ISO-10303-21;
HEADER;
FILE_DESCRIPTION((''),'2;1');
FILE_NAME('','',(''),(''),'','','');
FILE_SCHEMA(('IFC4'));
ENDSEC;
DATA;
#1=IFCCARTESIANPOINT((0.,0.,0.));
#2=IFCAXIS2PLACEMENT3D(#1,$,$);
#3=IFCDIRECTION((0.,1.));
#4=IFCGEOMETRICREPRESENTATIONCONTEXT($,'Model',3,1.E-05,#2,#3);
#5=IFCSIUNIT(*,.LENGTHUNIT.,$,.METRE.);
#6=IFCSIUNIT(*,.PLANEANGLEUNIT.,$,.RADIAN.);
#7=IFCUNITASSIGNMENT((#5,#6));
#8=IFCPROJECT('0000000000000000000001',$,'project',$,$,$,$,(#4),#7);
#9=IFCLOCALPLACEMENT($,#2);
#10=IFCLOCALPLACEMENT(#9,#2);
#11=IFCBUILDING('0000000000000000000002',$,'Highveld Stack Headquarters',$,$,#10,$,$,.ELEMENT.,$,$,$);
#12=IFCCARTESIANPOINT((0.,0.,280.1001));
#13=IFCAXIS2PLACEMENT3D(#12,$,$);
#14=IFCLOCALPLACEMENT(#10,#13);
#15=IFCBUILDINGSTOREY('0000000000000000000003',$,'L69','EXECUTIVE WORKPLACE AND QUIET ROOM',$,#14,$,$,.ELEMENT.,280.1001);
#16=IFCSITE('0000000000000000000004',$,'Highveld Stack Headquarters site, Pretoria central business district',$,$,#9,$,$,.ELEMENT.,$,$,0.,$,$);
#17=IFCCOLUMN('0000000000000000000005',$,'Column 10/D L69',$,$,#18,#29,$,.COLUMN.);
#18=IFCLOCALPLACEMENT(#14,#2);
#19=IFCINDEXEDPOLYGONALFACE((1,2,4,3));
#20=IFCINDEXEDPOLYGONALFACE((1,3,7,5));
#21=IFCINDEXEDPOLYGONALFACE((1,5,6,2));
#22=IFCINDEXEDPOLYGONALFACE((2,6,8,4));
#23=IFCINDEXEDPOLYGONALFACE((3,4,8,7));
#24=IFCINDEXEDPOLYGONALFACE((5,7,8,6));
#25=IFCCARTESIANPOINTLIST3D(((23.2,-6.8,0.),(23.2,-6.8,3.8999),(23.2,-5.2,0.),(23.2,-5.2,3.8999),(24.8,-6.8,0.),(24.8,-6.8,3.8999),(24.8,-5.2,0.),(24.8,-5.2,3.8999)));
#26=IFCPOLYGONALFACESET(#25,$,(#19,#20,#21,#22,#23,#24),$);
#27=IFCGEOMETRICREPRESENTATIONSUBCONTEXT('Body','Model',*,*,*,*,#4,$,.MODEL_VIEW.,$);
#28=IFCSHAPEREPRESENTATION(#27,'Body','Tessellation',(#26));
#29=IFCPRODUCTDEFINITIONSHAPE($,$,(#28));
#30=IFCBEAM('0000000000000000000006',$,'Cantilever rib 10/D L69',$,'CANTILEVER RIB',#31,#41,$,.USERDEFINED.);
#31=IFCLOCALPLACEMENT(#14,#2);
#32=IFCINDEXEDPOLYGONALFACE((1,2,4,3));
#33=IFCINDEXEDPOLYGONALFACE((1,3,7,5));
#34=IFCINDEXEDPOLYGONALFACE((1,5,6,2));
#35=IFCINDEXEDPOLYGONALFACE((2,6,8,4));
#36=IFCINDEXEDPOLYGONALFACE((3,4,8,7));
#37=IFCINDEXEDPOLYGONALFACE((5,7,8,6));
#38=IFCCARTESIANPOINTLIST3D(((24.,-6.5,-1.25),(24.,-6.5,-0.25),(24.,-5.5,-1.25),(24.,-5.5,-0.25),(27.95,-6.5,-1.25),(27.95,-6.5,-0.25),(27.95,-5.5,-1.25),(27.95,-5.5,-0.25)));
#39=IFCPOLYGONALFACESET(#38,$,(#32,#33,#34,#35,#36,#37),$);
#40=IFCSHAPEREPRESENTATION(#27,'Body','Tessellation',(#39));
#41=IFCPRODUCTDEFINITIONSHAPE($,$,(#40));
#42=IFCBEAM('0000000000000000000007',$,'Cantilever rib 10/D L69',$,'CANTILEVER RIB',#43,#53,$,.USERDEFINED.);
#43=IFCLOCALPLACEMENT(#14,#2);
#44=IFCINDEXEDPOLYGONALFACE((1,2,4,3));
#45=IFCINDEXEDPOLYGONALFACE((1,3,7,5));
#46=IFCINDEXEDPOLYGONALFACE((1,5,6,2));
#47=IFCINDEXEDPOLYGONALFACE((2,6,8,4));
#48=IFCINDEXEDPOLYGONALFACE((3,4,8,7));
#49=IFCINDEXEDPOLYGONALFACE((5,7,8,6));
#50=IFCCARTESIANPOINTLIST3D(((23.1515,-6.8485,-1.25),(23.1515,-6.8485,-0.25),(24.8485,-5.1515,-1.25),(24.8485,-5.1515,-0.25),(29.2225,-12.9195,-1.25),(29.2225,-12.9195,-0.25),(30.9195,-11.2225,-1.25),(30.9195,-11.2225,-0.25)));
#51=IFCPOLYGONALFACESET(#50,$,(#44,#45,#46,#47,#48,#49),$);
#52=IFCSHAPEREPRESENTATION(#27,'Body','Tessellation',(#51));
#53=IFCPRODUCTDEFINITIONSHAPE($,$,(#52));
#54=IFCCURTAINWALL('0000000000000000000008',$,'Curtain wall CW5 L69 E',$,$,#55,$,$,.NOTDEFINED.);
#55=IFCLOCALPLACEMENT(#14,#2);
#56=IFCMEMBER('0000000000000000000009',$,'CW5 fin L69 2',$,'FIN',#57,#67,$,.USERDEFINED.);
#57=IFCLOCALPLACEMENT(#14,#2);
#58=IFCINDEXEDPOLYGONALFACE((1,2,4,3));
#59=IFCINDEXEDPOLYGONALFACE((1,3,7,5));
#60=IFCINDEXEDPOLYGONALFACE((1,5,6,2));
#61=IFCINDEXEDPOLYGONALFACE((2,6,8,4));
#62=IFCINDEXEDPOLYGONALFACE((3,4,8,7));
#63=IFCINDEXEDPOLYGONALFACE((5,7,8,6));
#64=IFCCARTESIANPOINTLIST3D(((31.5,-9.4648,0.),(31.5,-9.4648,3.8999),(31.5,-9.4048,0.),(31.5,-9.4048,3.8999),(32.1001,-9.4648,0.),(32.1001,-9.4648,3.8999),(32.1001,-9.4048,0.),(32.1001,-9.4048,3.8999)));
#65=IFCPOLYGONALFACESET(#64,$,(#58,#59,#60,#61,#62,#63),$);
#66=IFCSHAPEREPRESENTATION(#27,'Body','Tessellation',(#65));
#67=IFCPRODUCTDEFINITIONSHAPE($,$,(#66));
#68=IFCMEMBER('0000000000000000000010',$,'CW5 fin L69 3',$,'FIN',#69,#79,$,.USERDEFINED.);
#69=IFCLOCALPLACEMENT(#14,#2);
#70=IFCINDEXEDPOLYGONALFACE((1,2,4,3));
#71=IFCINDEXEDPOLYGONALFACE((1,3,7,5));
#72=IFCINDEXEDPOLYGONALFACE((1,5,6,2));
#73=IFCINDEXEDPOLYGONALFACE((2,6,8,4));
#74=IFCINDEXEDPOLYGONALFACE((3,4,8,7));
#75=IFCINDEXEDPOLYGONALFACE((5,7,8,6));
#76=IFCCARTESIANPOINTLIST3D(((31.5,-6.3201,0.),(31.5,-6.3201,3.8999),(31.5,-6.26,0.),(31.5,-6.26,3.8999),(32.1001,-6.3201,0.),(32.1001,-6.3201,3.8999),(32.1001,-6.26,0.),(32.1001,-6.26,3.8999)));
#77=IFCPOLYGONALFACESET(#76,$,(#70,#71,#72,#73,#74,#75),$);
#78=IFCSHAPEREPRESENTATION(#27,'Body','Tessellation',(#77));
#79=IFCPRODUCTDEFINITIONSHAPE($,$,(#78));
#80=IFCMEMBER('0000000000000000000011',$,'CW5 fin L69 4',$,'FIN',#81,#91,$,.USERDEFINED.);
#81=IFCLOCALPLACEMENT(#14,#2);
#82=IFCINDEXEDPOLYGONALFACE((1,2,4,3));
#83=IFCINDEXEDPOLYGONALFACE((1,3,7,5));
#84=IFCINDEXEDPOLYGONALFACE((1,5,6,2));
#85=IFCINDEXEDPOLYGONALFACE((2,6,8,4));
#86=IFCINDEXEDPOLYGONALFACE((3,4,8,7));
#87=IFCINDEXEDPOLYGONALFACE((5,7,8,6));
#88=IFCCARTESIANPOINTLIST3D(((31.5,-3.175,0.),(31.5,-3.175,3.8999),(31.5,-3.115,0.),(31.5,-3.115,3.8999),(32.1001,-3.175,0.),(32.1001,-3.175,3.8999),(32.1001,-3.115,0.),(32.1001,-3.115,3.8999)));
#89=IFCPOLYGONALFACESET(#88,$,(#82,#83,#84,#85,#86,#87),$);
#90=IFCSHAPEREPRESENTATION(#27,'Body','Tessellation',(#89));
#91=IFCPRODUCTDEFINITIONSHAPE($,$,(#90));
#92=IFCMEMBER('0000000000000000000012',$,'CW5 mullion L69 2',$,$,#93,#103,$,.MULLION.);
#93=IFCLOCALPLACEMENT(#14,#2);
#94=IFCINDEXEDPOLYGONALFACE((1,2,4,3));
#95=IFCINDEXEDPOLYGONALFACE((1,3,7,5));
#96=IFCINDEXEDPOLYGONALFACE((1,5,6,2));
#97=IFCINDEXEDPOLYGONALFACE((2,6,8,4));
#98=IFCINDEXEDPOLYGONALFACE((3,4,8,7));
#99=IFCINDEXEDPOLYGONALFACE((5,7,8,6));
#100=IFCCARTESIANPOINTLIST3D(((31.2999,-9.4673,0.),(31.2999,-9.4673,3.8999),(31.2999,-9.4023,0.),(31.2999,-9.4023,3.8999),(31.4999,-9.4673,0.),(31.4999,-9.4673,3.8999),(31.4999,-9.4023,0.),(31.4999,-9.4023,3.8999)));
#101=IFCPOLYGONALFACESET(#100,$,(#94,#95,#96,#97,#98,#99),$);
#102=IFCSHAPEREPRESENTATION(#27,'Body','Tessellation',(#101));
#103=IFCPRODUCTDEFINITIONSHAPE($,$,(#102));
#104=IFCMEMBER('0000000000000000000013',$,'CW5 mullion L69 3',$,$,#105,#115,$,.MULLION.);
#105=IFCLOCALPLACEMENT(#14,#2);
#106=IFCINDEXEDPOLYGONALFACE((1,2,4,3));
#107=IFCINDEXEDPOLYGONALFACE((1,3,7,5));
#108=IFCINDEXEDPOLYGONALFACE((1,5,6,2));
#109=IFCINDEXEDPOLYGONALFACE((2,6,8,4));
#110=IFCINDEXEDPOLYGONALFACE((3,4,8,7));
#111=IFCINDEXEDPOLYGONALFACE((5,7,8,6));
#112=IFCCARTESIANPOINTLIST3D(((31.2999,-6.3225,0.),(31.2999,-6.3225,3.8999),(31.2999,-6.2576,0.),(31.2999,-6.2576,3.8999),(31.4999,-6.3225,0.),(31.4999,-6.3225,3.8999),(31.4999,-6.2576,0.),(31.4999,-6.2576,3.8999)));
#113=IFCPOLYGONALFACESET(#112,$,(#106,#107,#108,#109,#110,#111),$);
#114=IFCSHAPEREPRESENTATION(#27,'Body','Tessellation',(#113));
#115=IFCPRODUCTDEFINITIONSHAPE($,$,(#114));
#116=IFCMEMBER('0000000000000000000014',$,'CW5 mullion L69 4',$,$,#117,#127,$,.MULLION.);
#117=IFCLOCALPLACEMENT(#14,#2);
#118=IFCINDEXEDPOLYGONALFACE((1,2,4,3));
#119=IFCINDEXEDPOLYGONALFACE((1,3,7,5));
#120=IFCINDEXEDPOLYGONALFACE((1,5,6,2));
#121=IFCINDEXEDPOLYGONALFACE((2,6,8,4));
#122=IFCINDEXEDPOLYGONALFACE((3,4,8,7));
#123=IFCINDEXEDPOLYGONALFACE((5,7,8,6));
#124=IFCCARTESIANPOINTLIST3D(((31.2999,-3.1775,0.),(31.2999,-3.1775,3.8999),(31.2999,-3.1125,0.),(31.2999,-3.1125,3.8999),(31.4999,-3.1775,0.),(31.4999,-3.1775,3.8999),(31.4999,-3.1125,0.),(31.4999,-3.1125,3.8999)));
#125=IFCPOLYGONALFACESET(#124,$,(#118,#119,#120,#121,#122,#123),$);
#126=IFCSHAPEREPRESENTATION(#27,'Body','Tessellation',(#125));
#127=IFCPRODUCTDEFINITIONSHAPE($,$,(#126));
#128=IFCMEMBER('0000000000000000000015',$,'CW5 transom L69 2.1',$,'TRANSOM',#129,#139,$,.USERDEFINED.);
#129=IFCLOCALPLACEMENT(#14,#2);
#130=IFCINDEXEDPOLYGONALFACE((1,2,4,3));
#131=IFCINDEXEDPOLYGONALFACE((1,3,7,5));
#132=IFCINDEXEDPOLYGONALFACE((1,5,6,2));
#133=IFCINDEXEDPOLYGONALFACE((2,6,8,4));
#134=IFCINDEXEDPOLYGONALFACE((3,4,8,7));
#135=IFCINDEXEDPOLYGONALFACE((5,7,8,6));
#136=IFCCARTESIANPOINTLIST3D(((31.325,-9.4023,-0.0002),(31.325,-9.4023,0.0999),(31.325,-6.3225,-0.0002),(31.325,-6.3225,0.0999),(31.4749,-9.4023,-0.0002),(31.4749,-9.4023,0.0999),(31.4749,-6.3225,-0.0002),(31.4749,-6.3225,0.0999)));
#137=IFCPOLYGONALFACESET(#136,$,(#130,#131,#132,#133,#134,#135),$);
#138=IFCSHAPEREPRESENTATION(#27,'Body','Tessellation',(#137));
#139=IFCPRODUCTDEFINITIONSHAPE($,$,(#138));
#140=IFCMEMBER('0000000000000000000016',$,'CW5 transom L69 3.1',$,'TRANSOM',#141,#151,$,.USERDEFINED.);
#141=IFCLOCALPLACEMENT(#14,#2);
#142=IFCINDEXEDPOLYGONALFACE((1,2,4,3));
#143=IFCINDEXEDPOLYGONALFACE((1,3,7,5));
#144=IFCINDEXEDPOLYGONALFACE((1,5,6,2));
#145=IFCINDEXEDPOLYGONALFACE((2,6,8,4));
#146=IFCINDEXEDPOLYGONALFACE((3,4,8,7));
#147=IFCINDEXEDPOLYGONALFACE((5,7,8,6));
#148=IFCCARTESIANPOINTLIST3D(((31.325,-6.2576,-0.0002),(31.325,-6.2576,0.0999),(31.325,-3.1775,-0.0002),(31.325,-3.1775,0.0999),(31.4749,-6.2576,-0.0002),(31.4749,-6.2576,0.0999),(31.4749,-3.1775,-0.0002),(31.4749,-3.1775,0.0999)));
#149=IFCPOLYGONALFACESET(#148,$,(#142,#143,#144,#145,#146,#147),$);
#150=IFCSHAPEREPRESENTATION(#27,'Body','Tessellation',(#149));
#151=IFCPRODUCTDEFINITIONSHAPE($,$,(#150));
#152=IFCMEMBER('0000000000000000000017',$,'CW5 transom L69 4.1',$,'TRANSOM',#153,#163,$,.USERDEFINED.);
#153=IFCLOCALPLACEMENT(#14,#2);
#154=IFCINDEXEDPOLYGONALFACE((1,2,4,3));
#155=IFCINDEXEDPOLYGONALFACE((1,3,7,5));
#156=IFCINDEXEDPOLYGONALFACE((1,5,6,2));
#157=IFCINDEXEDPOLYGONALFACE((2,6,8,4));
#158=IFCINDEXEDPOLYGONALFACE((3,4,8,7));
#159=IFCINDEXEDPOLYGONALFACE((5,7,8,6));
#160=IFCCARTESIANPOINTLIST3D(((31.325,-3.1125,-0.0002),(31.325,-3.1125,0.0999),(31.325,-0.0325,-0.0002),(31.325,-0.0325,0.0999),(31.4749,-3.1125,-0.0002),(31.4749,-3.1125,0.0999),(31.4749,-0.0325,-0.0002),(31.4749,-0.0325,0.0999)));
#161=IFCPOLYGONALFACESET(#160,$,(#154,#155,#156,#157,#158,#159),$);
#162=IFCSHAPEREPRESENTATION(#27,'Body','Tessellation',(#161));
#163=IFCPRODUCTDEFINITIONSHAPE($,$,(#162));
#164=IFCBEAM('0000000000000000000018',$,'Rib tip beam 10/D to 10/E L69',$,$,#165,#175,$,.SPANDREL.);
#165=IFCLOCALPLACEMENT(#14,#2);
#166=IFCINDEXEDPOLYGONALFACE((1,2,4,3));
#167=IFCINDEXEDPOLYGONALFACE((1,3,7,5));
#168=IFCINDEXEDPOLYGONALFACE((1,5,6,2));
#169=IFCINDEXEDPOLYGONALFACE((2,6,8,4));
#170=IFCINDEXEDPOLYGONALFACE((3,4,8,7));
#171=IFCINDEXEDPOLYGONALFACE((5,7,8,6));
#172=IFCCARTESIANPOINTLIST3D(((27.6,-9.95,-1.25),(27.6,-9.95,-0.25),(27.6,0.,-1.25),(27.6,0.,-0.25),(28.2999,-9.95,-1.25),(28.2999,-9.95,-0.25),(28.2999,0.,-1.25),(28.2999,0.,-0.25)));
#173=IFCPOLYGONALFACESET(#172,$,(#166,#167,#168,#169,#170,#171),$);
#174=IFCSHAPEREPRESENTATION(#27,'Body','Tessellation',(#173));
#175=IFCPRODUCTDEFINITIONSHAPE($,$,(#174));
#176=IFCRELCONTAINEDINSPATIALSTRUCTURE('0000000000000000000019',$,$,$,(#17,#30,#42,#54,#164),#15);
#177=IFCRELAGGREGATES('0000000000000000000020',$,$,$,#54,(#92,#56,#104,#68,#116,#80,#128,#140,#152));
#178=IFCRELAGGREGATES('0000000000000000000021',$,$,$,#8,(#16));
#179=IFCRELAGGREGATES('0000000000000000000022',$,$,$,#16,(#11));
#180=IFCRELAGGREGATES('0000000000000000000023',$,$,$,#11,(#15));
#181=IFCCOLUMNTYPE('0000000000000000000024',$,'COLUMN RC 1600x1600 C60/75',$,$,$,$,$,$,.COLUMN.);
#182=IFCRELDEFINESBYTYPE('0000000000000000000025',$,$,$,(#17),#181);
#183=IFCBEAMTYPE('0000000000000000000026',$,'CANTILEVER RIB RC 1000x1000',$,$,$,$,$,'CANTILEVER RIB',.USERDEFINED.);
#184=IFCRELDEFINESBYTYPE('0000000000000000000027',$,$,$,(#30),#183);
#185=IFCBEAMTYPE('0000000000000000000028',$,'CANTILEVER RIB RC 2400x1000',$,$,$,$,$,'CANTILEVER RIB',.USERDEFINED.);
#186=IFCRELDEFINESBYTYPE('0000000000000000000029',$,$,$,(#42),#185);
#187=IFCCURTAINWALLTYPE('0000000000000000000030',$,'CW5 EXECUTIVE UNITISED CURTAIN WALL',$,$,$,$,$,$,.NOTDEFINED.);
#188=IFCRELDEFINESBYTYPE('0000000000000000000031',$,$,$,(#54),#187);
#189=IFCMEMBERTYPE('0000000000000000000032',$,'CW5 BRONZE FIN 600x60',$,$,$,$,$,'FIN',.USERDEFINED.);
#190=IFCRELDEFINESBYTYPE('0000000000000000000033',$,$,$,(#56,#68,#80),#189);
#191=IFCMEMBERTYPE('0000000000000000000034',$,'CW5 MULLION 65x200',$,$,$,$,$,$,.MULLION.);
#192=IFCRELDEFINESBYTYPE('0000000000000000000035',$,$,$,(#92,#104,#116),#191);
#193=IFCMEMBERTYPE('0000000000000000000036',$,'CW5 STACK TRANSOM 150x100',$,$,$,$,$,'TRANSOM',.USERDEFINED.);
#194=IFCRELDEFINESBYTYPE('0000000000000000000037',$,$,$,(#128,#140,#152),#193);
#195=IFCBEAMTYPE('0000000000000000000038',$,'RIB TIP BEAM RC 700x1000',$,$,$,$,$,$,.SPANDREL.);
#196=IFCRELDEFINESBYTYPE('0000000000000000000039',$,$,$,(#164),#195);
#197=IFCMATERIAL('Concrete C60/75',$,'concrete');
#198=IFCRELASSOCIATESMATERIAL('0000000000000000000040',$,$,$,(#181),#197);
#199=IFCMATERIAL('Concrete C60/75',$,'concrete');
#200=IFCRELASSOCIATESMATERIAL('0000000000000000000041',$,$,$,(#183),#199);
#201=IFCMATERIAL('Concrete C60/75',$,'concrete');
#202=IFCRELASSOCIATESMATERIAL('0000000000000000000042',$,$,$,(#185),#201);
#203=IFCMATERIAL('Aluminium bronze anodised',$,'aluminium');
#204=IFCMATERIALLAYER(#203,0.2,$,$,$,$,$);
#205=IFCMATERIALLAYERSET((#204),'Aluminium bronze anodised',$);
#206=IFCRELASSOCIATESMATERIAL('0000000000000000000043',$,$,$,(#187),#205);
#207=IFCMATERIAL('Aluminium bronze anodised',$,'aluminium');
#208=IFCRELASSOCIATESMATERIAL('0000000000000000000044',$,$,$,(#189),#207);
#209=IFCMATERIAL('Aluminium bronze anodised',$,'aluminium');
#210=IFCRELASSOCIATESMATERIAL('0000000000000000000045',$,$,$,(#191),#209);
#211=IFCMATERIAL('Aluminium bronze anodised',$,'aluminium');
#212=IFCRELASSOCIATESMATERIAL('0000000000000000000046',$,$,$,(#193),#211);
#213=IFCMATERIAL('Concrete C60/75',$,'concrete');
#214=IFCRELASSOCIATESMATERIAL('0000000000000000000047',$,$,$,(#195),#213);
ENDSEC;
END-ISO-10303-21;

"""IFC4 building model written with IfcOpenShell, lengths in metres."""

from ifc_helpers import new_model, si_unit, direction, frame, origin, origin_2d, place, context, subcontext, project, spatial, rectangle, extrude, material, layer, layer_set, material_profile, profile_set, type_object, element, aggregate, save


model = new_model("IFC4")

# Units and contexts
model_context = context("Model", 3, precision=1e-05, world=origin(), true_north=direction((0.0, 1.0)))
body_context = subcontext(model_context, "Body", "Model", "MODEL_VIEW")
ifc_project = project(units=[si_unit("LENGTHUNIT", "METRE"), si_unit("PLANEANGLEUNIT", "RADIAN")], contexts=[model_context])

# Site, building, storey
site_placement = place(None, origin())
site = spatial("IfcSite", under=ifc_project, at=site_placement, Name="Highveld Stack Headquarters site, Pretoria central business district", CompositionType="ELEMENT", RefElevation=0.0)
building_placement = place(site_placement, origin())
building = spatial("IfcBuilding", under=site, at=building_placement, Name="Highveld Stack Headquarters", CompositionType="ELEMENT")
storey_placement = place(building_placement, frame((0.0, 0.0, 280.1001)))
storey = spatial("IfcBuildingStorey", under=building, at=storey_placement, Name="L69", Description="EXECUTIVE WORKPLACE AND QUIET ROOM", CompositionType="ELEMENT", Elevation=280.1001)

# Column
ifc_material_1 = material(Name="Concrete C60/75", Category="concrete")
ifc_material_profile_1 = material_profile(ifc_material_1, rectangle(XDim=1.6001, YDim=1.6001, at=origin_2d()), Name="RC 1600x1600")
ifc_profile_set_1 = profile_set([ifc_material_profile_1], Name="Concrete C60/75")
column_type = type_object("IfcColumnType", Name="COLUMN RC 1600x1600 C60/75", PredefinedType="COLUMN", material=ifc_profile_set_1)
column_placement = place(storey_placement, frame((24.0, -6.0, 0.0), z_axis=(0.0, 0.0, 1.0), x_axis=(1.0, 0.0, 0.0)))
element("IfcColumn", 1, at=column_placement, inside=storey, type_object=column_type, Name="Column 10/D L69", PredefinedType="COLUMN", context=body_context, shape_type="SweptSolid", body=[
    extrude(rectangle(XDim=1.6001, YDim=1.6001, at=origin_2d()), origin(), (0.0, 0.0, 1.0), 3.8999),
])

# Beams
ifc_material_2 = material(Name="Concrete C60/75", Category="concrete")
ifc_material_profile_2 = material_profile(ifc_material_2, rectangle(XDim=1.0, YDim=1.0, at=origin_2d()), Name="RC 1000x1000")
ifc_profile_set_2 = profile_set([ifc_material_profile_2], Name="Concrete C60/75")
beam_type_1 = type_object("IfcBeamType", Name="CANTILEVER RIB RC 1000x1000", ElementType="CANTILEVER RIB", PredefinedType="USERDEFINED", material=ifc_profile_set_2)
beam_1_placement = place(storey_placement, frame((24.0, -6.0, -0.75), z_axis=(1.0, 0.0, 0.0), x_axis=(0.0, 1.0, 0.0)))
element("IfcBeam", 2, at=beam_1_placement, inside=storey, type_object=beam_type_1, Name="Cantilever rib 10/D L69", ObjectType="CANTILEVER RIB", PredefinedType="USERDEFINED", context=body_context, shape_type="SweptSolid", body=[
    extrude(rectangle(XDim=1.0, YDim=1.0, at=origin_2d()), origin(), (0.0, 0.0, 1.0), 3.95),
])
ifc_material_3 = material(Name="Concrete C60/75", Category="concrete")
ifc_material_profile_3 = material_profile(ifc_material_3, rectangle(XDim=2.3999, YDim=1.0, at=origin_2d()), Name="RC 2400x1000")
ifc_profile_set_3 = profile_set([ifc_material_profile_3], Name="Concrete C60/75")
beam_type_2 = type_object("IfcBeamType", Name="CANTILEVER RIB RC 2400x1000", ElementType="CANTILEVER RIB", PredefinedType="USERDEFINED", material=ifc_profile_set_3)
beam_2_placement = place(storey_placement, frame((24.0, -6.0, -0.75), z_axis=(0.707107, -0.707107, 0.0), x_axis=(0.707107, 0.707107, 0.0)))
element("IfcBeam", 3, at=beam_2_placement, inside=storey, type_object=beam_type_2, Name="Cantilever rib 10/D L69", ObjectType="CANTILEVER RIB", PredefinedType="USERDEFINED", context=body_context, shape_type="SweptSolid", body=[
    extrude(rectangle(XDim=2.3999, YDim=1.0, at=origin_2d()), origin(), (0.0, 0.0, 1.0), 8.5857),
])

# Curtain wall, members
ifc_material_4 = material(Name="Aluminium bronze anodised", Category="aluminium")
ifc_layer_1 = layer(ifc_material_4, 0.2)
ifc_layer_set_1 = layer_set([ifc_layer_1], Name="Aluminium bronze anodised")
curtain_wall_type = type_object("IfcCurtainWallType", Name="CW5 EXECUTIVE UNITISED CURTAIN WALL", PredefinedType="NOTDEFINED", material=ifc_layer_set_1)
curtain_wall_placement = place(storey_placement, origin())
curtain_wall = element("IfcCurtainWall", 4, at=curtain_wall_placement, inside=storey, type_object=curtain_wall_type, Name="Curtain wall CW5 L69 E", PredefinedType="NOTDEFINED")
ifc_material_5 = material(Name="Aluminium bronze anodised", Category="aluminium")
ifc_material_profile_4 = material_profile(ifc_material_5, rectangle(XDim=0.6001, YDim=0.0601, at=origin_2d()), Name="FIN 600x60")
ifc_profile_set_4 = profile_set([ifc_material_profile_4], Name="Aluminium bronze anodised")
member_type_1 = type_object("IfcMemberType", Name="CW5 BRONZE FIN 600x60", ElementType="FIN", PredefinedType="USERDEFINED", material=ifc_profile_set_4)
member_1_placement = place(storey_placement, frame((31.8, -9.4348, 0.0), z_axis=(0.0, 0.0, 1.0), x_axis=(-1.0, 0.0, 0.0)))
member_1 = element("IfcMember", 5, at=member_1_placement, type_object=member_type_1, Name="CW5 fin L69 2", ObjectType="FIN", PredefinedType="USERDEFINED", context=body_context, shape_type="SweptSolid", body=[
    extrude(rectangle(XDim=0.6001, YDim=0.0601, at=origin_2d()), origin(), (0.0, 0.0, 1.0), 3.8999),
])
member_2_placement = place(storey_placement, frame((31.8, -6.29, 0.0), z_axis=(0.0, 0.0, 1.0), x_axis=(-1.0, 0.0, 0.0)))
member_2 = element("IfcMember", 6, at=member_2_placement, type_object=member_type_1, Name="CW5 fin L69 3", ObjectType="FIN", PredefinedType="USERDEFINED", context=body_context, shape_type="SweptSolid", body=[
    extrude(rectangle(XDim=0.6001, YDim=0.0601, at=origin_2d()), origin(), (0.0, 0.0, 1.0), 3.8999),
])
member_3_placement = place(storey_placement, frame((31.8, -3.145, 0.0), z_axis=(0.0, 0.0, 1.0), x_axis=(-1.0, 0.0, 0.0)))
member_3 = element("IfcMember", 7, at=member_3_placement, type_object=member_type_1, Name="CW5 fin L69 4", ObjectType="FIN", PredefinedType="USERDEFINED", context=body_context, shape_type="SweptSolid", body=[
    extrude(rectangle(XDim=0.6001, YDim=0.0601, at=origin_2d()), origin(), (0.0, 0.0, 1.0), 3.8999),
])
ifc_material_6 = material(Name="Aluminium bronze anodised", Category="aluminium")
ifc_material_profile_5 = material_profile(ifc_material_6, rectangle(XDim=0.2, YDim=0.0649, at=origin_2d()), Name="CW5 MULLION 65x200")
ifc_profile_set_5 = profile_set([ifc_material_profile_5], Name="Aluminium bronze anodised")
member_type_2 = type_object("IfcMemberType", Name="CW5 MULLION 65x200", PredefinedType="MULLION", material=ifc_profile_set_5)
member_4_placement = place(storey_placement, frame((31.3999, -9.4348, 0.0), z_axis=(0.0, 0.0, 1.0), x_axis=(-1.0, 0.0, 0.0)))
member_4 = element("IfcMember", 8, at=member_4_placement, type_object=member_type_2, Name="CW5 mullion L69 2", PredefinedType="MULLION", context=body_context, shape_type="SweptSolid", body=[
    extrude(rectangle(XDim=0.2, YDim=0.0649, at=origin_2d()), origin(), (0.0, 0.0, 1.0), 3.8999),
])
member_5_placement = place(storey_placement, frame((31.3999, -6.29, 0.0), z_axis=(0.0, 0.0, 1.0), x_axis=(-1.0, 0.0, 0.0)))
member_5 = element("IfcMember", 9, at=member_5_placement, type_object=member_type_2, Name="CW5 mullion L69 3", PredefinedType="MULLION", context=body_context, shape_type="SweptSolid", body=[
    extrude(rectangle(XDim=0.2, YDim=0.0649, at=origin_2d()), origin(), (0.0, 0.0, 1.0), 3.8999),
])
member_6_placement = place(storey_placement, frame((31.3999, -3.145, 0.0), z_axis=(0.0, 0.0, 1.0), x_axis=(-1.0, 0.0, 0.0)))
member_6 = element("IfcMember", 10, at=member_6_placement, type_object=member_type_2, Name="CW5 mullion L69 4", PredefinedType="MULLION", context=body_context, shape_type="SweptSolid", body=[
    extrude(rectangle(XDim=0.2, YDim=0.0649, at=origin_2d()), origin(), (0.0, 0.0, 1.0), 3.8999),
])
ifc_material_7 = material(Name="Aluminium bronze anodised", Category="aluminium")
ifc_material_profile_6 = material_profile(ifc_material_7, rectangle(XDim=0.1499, YDim=0.1001, at=origin_2d()), Name="CW5 TRANSOM 150x100")
ifc_profile_set_6 = profile_set([ifc_material_profile_6], Name="Aluminium bronze anodised")
member_type_3 = type_object("IfcMemberType", Name="CW5 STACK TRANSOM 150x100", ElementType="TRANSOM", PredefinedType="USERDEFINED", material=ifc_profile_set_6)
member_7_placement = place(storey_placement, frame((31.3999, -9.4023, 0.0498), z_axis=(0.0, 1.0, 0.0), x_axis=(-1.0, 0.0, 0.0)))
member_7 = element("IfcMember", 11, at=member_7_placement, type_object=member_type_3, Name="CW5 transom L69 2.1", ObjectType="TRANSOM", PredefinedType="USERDEFINED", context=body_context, shape_type="SweptSolid", body=[
    extrude(rectangle(XDim=0.1499, YDim=0.1001, at=origin_2d()), origin(), (0.0, 0.0, 1.0), 3.0798),
])
member_8_placement = place(storey_placement, frame((31.3999, -6.2576, 0.0498), z_axis=(0.0, 1.0, 0.0), x_axis=(-1.0, 0.0, 0.0)))
member_8 = element("IfcMember", 12, at=member_8_placement, type_object=member_type_3, Name="CW5 transom L69 3.1", ObjectType="TRANSOM", PredefinedType="USERDEFINED", context=body_context, shape_type="SweptSolid", body=[
    extrude(rectangle(XDim=0.1499, YDim=0.1001, at=origin_2d()), origin(), (0.0, 0.0, 1.0), 3.0801),
])
member_9_placement = place(storey_placement, frame((31.3999, -3.1125, 0.0498), z_axis=(0.0, 1.0, 0.0), x_axis=(-1.0, 0.0, 0.0)))
member_9 = element("IfcMember", 13, at=member_9_placement, type_object=member_type_3, Name="CW5 transom L69 4.1", ObjectType="TRANSOM", PredefinedType="USERDEFINED", context=body_context, shape_type="SweptSolid", body=[
    extrude(rectangle(XDim=0.1499, YDim=0.1001, at=origin_2d()), origin(), (0.0, 0.0, 1.0), 3.0801),
])

# Beam
ifc_material_8 = material(Name="Concrete C60/75", Category="concrete")
ifc_material_profile_7 = material_profile(ifc_material_8, rectangle(XDim=0.7, YDim=1.0, at=origin_2d()), Name="RC 700x1000")
ifc_profile_set_7 = profile_set([ifc_material_profile_7], Name="Concrete C60/75")
beam_type_3 = type_object("IfcBeamType", Name="RIB TIP BEAM RC 700x1000", PredefinedType="SPANDREL", material=ifc_profile_set_7)
beam_3_placement = place(storey_placement, frame((27.95, -9.95, -0.75), z_axis=(0.0, 1.0, 0.0), x_axis=(-1.0, 0.0, 0.0)))
element("IfcBeam", 14, at=beam_3_placement, inside=storey, type_object=beam_type_3, Name="Rib tip beam 10/D to 10/E L69", PredefinedType="SPANDREL", context=body_context, shape_type="SweptSolid", body=[
    extrude(rectangle(XDim=0.7, YDim=1.0, at=origin_2d()), origin(), (0.0, 0.0, 1.0), 9.95),
])

aggregate(curtain_wall, [member_4, member_1, member_5, member_2, member_6, member_3, member_7, member_8, member_9])

save(model, "model.ifc")
